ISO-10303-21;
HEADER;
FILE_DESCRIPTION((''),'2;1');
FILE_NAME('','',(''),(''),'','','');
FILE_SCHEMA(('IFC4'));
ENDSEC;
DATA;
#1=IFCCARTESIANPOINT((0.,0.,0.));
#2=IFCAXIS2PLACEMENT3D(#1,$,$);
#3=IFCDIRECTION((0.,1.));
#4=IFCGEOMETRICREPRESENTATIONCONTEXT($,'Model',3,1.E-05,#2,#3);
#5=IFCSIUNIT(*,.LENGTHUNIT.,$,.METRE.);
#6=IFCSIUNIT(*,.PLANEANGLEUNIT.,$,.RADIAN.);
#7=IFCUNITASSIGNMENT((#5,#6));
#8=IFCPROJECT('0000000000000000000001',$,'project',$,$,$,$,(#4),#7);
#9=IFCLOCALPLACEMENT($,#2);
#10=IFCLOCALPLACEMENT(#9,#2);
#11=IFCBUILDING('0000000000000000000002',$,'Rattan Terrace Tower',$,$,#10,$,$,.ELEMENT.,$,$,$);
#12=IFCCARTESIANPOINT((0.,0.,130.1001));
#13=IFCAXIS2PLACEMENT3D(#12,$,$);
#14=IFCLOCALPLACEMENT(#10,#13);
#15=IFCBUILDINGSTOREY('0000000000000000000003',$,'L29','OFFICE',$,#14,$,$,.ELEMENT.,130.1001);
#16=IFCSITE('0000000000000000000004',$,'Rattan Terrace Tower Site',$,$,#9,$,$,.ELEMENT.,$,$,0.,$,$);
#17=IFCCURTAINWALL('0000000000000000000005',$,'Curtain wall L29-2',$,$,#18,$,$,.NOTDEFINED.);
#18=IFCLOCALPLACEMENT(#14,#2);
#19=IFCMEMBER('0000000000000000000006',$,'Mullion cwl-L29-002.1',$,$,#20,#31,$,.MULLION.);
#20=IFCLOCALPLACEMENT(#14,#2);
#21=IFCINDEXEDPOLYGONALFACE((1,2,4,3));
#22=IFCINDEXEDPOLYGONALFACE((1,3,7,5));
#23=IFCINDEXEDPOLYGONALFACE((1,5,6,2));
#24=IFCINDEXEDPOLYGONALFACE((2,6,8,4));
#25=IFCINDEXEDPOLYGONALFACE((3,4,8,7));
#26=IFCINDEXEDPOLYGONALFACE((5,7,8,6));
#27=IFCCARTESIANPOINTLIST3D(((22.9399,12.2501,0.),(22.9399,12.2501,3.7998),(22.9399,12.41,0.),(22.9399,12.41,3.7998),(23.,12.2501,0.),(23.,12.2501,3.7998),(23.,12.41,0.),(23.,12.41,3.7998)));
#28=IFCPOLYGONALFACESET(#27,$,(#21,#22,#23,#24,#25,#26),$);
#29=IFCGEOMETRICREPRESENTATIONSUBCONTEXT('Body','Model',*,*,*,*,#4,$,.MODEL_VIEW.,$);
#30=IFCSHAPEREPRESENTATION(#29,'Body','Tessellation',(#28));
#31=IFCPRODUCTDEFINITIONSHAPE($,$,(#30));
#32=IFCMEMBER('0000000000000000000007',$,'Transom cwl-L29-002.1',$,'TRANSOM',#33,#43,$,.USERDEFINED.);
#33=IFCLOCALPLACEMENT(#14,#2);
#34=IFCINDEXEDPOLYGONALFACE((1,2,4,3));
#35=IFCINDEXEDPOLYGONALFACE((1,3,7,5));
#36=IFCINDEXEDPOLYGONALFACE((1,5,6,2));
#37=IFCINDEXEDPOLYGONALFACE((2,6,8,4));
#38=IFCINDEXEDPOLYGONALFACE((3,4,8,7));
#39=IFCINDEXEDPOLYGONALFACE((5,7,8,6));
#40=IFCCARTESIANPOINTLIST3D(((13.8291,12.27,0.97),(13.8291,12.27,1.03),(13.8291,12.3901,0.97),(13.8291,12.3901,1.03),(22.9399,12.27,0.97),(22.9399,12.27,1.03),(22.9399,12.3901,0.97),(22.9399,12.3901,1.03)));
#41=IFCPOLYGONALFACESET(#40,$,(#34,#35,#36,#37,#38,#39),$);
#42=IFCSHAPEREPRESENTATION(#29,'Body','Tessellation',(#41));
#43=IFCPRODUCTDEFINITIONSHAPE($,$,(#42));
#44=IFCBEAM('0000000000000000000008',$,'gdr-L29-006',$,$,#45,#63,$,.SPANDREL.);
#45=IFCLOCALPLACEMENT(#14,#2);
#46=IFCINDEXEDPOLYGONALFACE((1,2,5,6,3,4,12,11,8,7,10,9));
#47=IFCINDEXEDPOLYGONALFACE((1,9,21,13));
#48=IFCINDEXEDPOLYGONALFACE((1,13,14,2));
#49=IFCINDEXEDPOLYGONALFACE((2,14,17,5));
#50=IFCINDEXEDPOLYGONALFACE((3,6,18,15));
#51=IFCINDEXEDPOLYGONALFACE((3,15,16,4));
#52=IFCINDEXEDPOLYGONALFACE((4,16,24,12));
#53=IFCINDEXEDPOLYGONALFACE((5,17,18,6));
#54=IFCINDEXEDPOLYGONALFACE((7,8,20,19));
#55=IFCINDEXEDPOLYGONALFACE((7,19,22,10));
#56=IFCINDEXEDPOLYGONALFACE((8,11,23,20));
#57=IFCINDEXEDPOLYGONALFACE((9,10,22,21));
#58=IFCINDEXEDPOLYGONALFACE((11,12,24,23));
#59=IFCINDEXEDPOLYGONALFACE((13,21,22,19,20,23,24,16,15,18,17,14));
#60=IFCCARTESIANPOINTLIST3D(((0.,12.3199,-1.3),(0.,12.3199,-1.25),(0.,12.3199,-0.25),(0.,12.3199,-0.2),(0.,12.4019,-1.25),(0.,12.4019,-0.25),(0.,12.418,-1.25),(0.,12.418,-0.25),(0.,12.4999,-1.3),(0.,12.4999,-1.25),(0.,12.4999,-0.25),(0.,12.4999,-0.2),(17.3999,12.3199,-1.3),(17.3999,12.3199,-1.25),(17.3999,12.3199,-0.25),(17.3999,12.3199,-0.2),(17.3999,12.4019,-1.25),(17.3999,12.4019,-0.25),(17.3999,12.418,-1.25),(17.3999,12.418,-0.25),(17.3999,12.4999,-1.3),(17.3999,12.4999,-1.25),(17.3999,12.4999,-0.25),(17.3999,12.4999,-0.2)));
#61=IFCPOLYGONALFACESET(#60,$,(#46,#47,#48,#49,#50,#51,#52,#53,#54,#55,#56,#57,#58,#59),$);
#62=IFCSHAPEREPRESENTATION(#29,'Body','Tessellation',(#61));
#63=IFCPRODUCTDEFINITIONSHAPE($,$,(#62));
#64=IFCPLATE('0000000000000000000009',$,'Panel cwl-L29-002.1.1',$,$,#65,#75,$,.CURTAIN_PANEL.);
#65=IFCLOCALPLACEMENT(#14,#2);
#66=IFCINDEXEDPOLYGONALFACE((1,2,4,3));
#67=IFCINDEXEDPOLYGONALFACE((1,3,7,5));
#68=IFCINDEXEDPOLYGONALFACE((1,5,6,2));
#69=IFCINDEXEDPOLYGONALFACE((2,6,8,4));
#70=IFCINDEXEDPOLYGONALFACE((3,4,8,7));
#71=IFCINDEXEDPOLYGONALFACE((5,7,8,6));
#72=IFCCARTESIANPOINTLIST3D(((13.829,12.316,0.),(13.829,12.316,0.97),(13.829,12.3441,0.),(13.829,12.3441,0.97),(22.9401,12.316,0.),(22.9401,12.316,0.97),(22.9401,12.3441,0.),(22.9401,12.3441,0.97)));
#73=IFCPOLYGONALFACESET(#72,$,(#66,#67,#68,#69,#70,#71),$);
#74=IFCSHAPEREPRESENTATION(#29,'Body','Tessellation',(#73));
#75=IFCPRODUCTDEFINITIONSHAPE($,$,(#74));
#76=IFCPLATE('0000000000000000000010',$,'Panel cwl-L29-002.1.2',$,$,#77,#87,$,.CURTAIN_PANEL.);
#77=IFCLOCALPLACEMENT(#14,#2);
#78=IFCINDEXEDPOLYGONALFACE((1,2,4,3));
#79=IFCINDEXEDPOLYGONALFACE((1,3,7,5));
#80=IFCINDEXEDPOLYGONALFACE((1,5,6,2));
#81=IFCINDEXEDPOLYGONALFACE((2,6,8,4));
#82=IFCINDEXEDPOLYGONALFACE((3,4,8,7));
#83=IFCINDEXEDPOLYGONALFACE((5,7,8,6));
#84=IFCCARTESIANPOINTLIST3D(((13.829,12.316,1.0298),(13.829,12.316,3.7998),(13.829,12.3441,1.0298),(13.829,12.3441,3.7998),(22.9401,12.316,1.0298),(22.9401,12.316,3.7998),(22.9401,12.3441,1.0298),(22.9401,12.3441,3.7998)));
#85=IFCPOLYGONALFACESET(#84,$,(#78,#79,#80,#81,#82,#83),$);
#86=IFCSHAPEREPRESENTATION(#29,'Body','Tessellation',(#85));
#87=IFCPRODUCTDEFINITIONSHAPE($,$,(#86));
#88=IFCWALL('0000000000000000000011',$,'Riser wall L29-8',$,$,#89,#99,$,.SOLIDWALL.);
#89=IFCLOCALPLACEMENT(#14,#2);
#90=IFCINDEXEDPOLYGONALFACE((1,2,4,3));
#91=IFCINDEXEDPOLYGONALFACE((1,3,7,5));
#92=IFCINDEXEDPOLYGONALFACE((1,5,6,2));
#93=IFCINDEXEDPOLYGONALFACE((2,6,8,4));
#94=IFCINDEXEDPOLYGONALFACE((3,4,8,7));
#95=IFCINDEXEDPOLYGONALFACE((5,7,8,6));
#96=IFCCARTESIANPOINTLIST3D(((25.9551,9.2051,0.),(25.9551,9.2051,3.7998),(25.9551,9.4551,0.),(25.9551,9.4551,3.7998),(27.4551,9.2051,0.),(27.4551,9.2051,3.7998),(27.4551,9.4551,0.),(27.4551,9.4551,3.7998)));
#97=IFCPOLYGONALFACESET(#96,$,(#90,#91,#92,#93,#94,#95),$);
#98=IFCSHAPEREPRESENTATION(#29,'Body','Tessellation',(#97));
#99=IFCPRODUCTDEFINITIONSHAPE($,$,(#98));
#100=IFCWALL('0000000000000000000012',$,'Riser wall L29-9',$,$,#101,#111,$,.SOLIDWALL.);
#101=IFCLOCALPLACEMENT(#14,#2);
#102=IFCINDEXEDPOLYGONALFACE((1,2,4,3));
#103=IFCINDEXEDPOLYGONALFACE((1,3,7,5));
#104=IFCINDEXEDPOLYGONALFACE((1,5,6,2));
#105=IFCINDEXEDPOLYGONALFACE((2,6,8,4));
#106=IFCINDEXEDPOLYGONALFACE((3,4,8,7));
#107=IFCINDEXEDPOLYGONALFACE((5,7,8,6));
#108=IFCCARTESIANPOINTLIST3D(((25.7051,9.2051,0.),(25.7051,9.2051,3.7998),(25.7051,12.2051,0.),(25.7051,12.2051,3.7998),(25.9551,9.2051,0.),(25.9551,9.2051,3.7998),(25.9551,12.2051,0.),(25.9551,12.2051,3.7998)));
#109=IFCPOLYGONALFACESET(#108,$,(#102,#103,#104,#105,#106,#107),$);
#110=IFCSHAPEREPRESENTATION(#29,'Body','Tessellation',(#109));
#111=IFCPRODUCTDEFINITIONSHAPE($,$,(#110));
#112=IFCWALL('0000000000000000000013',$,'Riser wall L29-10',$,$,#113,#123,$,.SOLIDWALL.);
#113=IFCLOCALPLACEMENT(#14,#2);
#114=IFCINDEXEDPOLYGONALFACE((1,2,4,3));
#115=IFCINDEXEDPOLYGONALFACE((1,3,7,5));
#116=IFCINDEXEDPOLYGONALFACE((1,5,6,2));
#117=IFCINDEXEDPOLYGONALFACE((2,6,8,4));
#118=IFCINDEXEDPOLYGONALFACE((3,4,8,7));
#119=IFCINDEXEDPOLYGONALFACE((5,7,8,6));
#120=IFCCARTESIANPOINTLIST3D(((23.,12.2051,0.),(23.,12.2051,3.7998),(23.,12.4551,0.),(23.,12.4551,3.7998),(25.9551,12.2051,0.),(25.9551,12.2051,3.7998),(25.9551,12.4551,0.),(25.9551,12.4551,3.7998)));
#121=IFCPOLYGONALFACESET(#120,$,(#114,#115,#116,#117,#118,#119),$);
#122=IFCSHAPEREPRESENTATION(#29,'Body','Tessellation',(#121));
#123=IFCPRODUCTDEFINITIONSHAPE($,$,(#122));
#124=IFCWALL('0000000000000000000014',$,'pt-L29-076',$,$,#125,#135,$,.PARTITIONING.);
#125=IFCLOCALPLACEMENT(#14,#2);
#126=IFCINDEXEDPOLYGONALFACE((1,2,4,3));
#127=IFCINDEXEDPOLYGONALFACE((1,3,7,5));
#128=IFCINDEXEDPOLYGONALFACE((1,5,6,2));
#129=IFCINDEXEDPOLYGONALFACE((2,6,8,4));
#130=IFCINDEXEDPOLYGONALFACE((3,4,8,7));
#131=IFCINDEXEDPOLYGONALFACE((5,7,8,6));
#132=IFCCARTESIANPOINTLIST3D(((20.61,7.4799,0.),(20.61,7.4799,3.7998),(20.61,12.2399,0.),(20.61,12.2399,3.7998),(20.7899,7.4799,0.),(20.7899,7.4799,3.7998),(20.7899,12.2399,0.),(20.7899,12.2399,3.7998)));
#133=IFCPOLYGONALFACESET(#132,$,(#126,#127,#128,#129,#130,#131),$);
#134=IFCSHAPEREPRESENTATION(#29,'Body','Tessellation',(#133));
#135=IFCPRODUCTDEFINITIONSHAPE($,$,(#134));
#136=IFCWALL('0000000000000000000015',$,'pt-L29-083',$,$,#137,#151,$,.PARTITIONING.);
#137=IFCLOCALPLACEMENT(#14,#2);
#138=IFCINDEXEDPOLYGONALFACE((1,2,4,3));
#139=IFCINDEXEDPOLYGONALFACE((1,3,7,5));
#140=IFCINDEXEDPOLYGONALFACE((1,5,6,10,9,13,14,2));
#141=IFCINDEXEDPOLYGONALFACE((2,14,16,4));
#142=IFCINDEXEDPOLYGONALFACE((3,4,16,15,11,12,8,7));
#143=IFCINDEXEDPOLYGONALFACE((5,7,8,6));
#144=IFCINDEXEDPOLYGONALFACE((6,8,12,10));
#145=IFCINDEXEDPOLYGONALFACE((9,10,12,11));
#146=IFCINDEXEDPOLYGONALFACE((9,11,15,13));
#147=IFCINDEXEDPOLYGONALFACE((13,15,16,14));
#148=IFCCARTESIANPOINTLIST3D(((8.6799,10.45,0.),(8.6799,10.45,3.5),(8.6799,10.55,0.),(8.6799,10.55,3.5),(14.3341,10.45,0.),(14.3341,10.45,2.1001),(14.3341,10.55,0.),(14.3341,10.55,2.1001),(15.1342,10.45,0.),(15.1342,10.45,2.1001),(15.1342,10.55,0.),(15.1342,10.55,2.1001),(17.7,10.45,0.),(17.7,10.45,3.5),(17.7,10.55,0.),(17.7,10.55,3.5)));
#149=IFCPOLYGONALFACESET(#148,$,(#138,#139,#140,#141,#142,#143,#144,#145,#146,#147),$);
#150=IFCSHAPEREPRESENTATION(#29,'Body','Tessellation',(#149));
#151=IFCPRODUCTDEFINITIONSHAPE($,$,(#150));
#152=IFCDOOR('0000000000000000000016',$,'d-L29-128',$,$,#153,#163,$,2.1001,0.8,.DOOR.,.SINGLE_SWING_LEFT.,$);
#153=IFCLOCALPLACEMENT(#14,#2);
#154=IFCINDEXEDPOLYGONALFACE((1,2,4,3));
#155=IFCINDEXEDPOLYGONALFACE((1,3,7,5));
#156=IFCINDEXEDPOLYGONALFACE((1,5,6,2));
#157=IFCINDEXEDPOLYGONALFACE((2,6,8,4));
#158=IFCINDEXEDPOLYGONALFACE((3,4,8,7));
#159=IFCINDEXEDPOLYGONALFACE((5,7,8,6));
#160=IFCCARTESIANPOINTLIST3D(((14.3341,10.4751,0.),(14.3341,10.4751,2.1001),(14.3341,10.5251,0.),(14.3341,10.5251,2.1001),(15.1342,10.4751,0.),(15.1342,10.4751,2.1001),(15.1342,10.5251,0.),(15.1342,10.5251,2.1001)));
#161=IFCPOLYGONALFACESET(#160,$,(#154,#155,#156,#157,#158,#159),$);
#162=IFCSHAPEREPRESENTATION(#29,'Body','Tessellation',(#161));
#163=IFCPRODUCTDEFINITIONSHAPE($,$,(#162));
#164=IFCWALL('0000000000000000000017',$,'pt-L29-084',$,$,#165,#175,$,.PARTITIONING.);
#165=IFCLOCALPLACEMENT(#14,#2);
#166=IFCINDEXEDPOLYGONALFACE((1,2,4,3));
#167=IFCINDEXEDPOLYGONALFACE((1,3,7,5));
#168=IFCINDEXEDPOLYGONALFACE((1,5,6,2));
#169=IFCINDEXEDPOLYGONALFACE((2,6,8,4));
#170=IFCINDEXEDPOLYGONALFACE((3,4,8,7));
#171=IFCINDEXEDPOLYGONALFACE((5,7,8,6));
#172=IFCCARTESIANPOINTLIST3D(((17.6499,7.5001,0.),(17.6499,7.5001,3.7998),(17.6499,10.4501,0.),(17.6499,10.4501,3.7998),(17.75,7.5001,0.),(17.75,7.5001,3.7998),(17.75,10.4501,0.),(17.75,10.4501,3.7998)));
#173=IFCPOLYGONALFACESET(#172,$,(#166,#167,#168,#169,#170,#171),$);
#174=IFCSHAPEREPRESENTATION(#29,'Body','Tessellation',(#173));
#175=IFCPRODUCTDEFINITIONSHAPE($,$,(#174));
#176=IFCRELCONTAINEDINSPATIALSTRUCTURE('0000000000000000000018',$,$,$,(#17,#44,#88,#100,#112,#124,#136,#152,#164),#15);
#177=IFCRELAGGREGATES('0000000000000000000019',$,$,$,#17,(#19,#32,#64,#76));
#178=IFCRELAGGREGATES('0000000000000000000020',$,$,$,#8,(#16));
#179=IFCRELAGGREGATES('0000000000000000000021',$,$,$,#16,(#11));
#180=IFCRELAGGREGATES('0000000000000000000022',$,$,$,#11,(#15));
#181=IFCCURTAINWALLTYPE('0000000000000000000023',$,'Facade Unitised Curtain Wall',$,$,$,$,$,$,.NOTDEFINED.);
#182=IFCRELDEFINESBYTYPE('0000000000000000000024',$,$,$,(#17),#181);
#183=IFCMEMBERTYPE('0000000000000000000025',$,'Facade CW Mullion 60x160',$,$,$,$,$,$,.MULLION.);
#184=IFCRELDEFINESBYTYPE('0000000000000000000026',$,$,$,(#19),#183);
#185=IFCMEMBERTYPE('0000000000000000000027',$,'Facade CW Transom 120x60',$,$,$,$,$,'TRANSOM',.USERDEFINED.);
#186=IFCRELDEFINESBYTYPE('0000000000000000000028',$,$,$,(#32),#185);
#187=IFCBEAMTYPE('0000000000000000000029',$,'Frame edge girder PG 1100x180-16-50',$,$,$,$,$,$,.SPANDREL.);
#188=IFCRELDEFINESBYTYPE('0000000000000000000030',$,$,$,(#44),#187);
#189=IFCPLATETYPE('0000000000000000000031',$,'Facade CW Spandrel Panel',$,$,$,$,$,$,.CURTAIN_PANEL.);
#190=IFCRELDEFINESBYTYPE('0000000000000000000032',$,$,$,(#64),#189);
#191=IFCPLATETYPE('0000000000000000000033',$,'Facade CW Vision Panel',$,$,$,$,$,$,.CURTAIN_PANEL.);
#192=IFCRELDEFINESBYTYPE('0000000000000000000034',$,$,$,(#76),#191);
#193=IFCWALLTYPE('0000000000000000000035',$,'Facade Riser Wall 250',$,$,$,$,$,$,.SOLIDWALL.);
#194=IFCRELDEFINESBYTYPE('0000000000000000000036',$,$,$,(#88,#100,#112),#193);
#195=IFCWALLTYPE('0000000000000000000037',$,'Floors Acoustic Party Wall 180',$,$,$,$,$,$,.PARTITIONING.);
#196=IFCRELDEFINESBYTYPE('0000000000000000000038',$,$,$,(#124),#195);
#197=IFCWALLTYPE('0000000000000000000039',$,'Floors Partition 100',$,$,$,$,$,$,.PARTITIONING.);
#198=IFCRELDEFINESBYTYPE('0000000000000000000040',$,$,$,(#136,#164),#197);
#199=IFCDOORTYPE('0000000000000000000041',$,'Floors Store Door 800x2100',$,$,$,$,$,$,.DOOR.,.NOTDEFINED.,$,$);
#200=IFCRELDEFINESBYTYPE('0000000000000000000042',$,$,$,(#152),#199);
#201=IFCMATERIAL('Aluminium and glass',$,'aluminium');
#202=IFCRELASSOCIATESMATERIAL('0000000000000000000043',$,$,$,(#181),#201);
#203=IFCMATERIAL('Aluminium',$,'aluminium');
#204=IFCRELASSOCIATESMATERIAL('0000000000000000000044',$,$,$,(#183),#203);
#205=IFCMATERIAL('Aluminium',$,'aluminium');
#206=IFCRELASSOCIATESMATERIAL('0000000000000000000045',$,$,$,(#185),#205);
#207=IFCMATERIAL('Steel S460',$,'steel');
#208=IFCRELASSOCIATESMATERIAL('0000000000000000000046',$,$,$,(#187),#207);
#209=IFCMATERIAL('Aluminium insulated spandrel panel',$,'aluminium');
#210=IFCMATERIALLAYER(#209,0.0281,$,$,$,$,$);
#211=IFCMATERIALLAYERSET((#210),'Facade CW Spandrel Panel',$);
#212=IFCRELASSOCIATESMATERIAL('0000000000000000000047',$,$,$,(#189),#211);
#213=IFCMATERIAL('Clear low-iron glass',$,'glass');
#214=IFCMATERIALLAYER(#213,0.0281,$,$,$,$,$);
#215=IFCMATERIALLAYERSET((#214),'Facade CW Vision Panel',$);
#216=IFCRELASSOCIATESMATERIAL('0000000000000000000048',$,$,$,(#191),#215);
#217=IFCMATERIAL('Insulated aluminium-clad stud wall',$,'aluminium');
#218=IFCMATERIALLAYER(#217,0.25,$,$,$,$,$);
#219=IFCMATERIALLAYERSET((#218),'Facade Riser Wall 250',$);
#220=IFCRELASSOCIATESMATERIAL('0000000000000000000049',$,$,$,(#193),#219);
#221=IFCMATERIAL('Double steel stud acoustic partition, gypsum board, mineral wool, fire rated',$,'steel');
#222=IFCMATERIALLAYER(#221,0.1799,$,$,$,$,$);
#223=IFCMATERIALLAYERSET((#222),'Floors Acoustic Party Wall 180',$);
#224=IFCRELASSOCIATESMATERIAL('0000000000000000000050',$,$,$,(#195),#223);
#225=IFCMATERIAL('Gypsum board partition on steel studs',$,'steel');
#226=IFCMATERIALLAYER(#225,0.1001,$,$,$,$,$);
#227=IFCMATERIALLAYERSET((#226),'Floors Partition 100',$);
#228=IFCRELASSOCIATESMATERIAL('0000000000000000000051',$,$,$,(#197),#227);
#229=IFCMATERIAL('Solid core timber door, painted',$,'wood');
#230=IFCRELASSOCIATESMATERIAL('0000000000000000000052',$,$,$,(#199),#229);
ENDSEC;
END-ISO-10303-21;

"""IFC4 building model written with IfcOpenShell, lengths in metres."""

from ifc_helpers import new_model, si_unit, direction, frame, frame_2d, origin, origin_2d, place, context, subcontext, project, spatial, rectangle, i_section, extrude, material, layer, layer_set, material_profile, profile_set, type_object, element, fill, aggregate, save


model = new_model("IFC4")

# Units and contexts
model_context = context("Model", 3, precision=1e-05, world=origin(), true_north=direction((0.0, 1.0)))
body_context = subcontext(model_context, "Body", "Model", "MODEL_VIEW")
ifc_project = project(units=[si_unit("LENGTHUNIT", "METRE"), si_unit("PLANEANGLEUNIT", "RADIAN")], contexts=[model_context])

# Site, building, storey
site_placement = place(None, origin())
site = spatial("IfcSite", under=ifc_project, at=site_placement, Name="Rattan Terrace Tower Site", CompositionType="ELEMENT", RefElevation=0.0)
building_placement = place(site_placement, origin())
building = spatial("IfcBuilding", under=site, at=building_placement, Name="Rattan Terrace Tower", CompositionType="ELEMENT")
storey_placement = place(building_placement, frame((0.0, 0.0, 130.1001)))
storey = spatial("IfcBuildingStorey", under=building, at=storey_placement, Name="L29", Description="OFFICE", CompositionType="ELEMENT", Elevation=130.1001)

# Curtain wall, members
ifc_material_1 = material(Name="Aluminium and glass", Category="aluminium")
curtain_wall_type = type_object("IfcCurtainWallType", Name="Facade Unitised Curtain Wall", PredefinedType="NOTDEFINED", material=ifc_material_1)
curtain_wall_placement = place(storey_placement, origin())
curtain_wall = element("IfcCurtainWall", 1, at=curtain_wall_placement, inside=storey, type_object=curtain_wall_type, Name="Curtain wall L29-2", PredefinedType="NOTDEFINED")
ifc_material_2 = material(Name="Aluminium", Category="aluminium")
ifc_material_profile_1 = material_profile(ifc_material_2, rectangle(XDim=0.0601, YDim=0.1599, at=origin_2d()), Name="Aluminium 60x160")
ifc_profile_set_1 = profile_set([ifc_material_profile_1], Name="Aluminium")
member_type_1 = type_object("IfcMemberType", Name="Facade CW Mullion 60x160", PredefinedType="MULLION", material=ifc_profile_set_1)
member_1_placement = place(storey_placement, frame((22.97, 12.3301, 0.0), z_axis=(0.0, 0.0, 1.0), x_axis=(-1.0, 0.0, 0.0)))
member_1 = element("IfcMember", 2, at=member_1_placement, type_object=member_type_1, Name="Mullion cwl-L29-002.1", PredefinedType="MULLION", context=body_context, shape_type="SweptSolid", body=[
    extrude(rectangle(XDim=0.0601, YDim=0.1599, at=origin_2d()), origin(), (0.0, 0.0, 1.0), 3.7998),
])
ifc_material_3 = material(Name="Aluminium", Category="aluminium")
ifc_material_profile_2 = material_profile(ifc_material_3, rectangle(XDim=0.1201, YDim=0.0601, at=origin_2d()), Name="Aluminium 120x60")
ifc_profile_set_2 = profile_set([ifc_material_profile_2], Name="Aluminium")
member_type_2 = type_object("IfcMemberType", Name="Facade CW Transom 120x60", ElementType="TRANSOM", PredefinedType="USERDEFINED", material=ifc_profile_set_2)
member_2_placement = place(storey_placement, frame((22.9399, 12.3301, 1.0), z_axis=(-1.0, 0.0, 0.0), x_axis=(0.0, -1.0, 0.0)))
member_2 = element("IfcMember", 3, at=member_2_placement, type_object=member_type_2, Name="Transom cwl-L29-002.1", ObjectType="TRANSOM", PredefinedType="USERDEFINED", context=body_context, shape_type="SweptSolid", body=[
    extrude(rectangle(XDim=0.1201, YDim=0.0601, at=origin_2d()), origin(), (0.0, 0.0, 1.0), 9.1108),
])

# Beam
ifc_material_4 = material(Name="Steel S460", Category="steel")
ifc_material_profile_3 = material_profile(ifc_material_4, i_section(OverallWidth=0.1799, OverallDepth=1.1001, WebThickness=0.0161, FlangeThickness=0.05, at=origin_2d()), Name="PG 1100x180-16-50")
ifc_profile_set_3 = profile_set([ifc_material_profile_3], Name="Steel S460")
beam_type = type_object("IfcBeamType", Name="Frame edge girder PG 1100x180-16-50", PredefinedType="SPANDREL", material=ifc_profile_set_3)
beam_placement = place(storey_placement, frame((17.3999, 12.4099, -0.75), z_axis=(-1.0, 0.0, 0.0), x_axis=(0.0, -1.0, 0.0)))
element("IfcBeam", 4, at=beam_placement, inside=storey, type_object=beam_type, Name="gdr-L29-006", PredefinedType="SPANDREL", context=body_context, shape_type="SweptSolid", body=[
    extrude(i_section(OverallWidth=0.1799, OverallDepth=1.1001, WebThickness=0.0161, FlangeThickness=0.05, at=origin_2d()), origin(), (0.0, 0.0, 1.0), 17.3999),
])

# Plates
ifc_material_5 = material(Name="Aluminium insulated spandrel panel", Category="aluminium")
ifc_layer_1 = layer(ifc_material_5, 0.0281)
ifc_layer_set_1 = layer_set([ifc_layer_1], Name="Facade CW Spandrel Panel")
plate_type_1 = type_object("IfcPlateType", Name="Facade CW Spandrel Panel", PredefinedType="CURTAIN_PANEL", material=ifc_layer_set_1)
plate_1_placement = place(storey_placement, frame((18.3845, 12.3301, 0.0), z_axis=(0.0, 0.0, 1.0), x_axis=(-1.0, 0.0, 0.0)))
plate_1 = element("IfcPlate", 5, at=plate_1_placement, type_object=plate_type_1, Name="Panel cwl-L29-002.1.1", PredefinedType="CURTAIN_PANEL", context=body_context, shape_type="SweptSolid", body=[
    extrude(rectangle(XDim=9.1111, YDim=0.0281, at=origin_2d()), origin(), (0.0, 0.0, 1.0), 0.97),
])
ifc_material_6 = material(Name="Clear low-iron glass", Category="glass")
ifc_layer_2 = layer(ifc_material_6, 0.0281)
ifc_layer_set_2 = layer_set([ifc_layer_2], Name="Facade CW Vision Panel")
plate_type_2 = type_object("IfcPlateType", Name="Facade CW Vision Panel", PredefinedType="CURTAIN_PANEL", material=ifc_layer_set_2)
plate_2_placement = place(storey_placement, frame((18.3845, 12.3301, 1.0298), z_axis=(0.0, 0.0, 1.0), x_axis=(-1.0, 0.0, 0.0)))
plate_2 = element("IfcPlate", 6, at=plate_2_placement, type_object=plate_type_2, Name="Panel cwl-L29-002.1.2", PredefinedType="CURTAIN_PANEL", context=body_context, shape_type="SweptSolid", body=[
    extrude(rectangle(XDim=9.1111, YDim=0.0281, at=origin_2d()), origin(), (0.0, 0.0, 1.0), 2.77),
])
aggregate(curtain_wall, [member_1, member_2, plate_1, plate_2])

# Walls
ifc_material_7 = material(Name="Insulated aluminium-clad stud wall", Category="aluminium")
ifc_layer_3 = layer(ifc_material_7, 0.25)
ifc_layer_set_3 = layer_set([ifc_layer_3], Name="Facade Riser Wall 250")
wall_type_1 = type_object("IfcWallType", Name="Facade Riser Wall 250", PredefinedType="SOLIDWALL", material=ifc_layer_set_3)
wall_1_placement = place(storey_placement, frame((27.4551, 9.3301, 0.0), z_axis=(0.0, 0.0, 1.0), x_axis=(-1.0, 0.0, 0.0)))
element("IfcWall", 7, at=wall_1_placement, inside=storey, type_object=wall_type_1, Name="Riser wall L29-8", PredefinedType="SOLIDWALL", context=body_context, shape_type="SweptSolid", body=[
    extrude(rectangle(XDim=1.5, YDim=0.25, at=frame_2d((0.75, 0.0))), origin(), (0.0, 0.0, 1.0), 3.7998),
])
wall_2_placement = place(storey_placement, frame((25.8301, 9.2051, 0.0), z_axis=(0.0, 0.0, 1.0), x_axis=(0.0, 1.0, 0.0)))
element("IfcWall", 8, at=wall_2_placement, inside=storey, type_object=wall_type_1, Name="Riser wall L29-9", PredefinedType="SOLIDWALL", context=body_context, shape_type="SweptSolid", body=[
    extrude(rectangle(XDim=3.0, YDim=0.25, at=frame_2d((1.5, 0.0))), origin(), (0.0, 0.0, 1.0), 3.7998),
])
wall_3_placement = place(storey_placement, frame((25.9551, 12.3301, 0.0), z_axis=(0.0, 0.0, 1.0), x_axis=(-1.0, 0.0, 0.0)))
element("IfcWall", 9, at=wall_3_placement, inside=storey, type_object=wall_type_1, Name="Riser wall L29-10", PredefinedType="SOLIDWALL", context=body_context, shape_type="SweptSolid", body=[
    extrude(rectangle(XDim=2.9551, YDim=0.25, at=frame_2d((1.4775, 0.0))), origin(), (0.0, 0.0, 1.0), 3.7998),
])
ifc_material_8 = material(Name="Double steel stud acoustic partition, gypsum board, mineral wool, fire rated", Category="steel")
ifc_layer_4 = layer(ifc_material_8, 0.1799)
ifc_layer_set_4 = layer_set([ifc_layer_4], Name="Floors Acoustic Party Wall 180")
wall_type_2 = type_object("IfcWallType", Name="Floors Acoustic Party Wall 180", PredefinedType="PARTITIONING", material=ifc_layer_set_4)
wall_4_placement = place(storey_placement, frame((20.7, 7.48, 0.0), z_axis=(0.0, 0.0, 1.0), x_axis=(0.0, 1.0, 0.0)))
element("IfcWall", 10, at=wall_4_placement, inside=storey, type_object=wall_type_2, Name="pt-L29-076", PredefinedType="PARTITIONING", context=body_context, shape_type="SweptSolid", body=[
    extrude(rectangle(XDim=4.76, YDim=0.1799, at=frame_2d((2.3799, 0.0))), origin(), (0.0, 0.0, 1.0), 3.7998),
])

# Wall, opening, door
ifc_material_9 = material(Name="Gypsum board partition on steel studs", Category="steel")
ifc_layer_5 = layer(ifc_material_9, 0.1001)
ifc_layer_set_5 = layer_set([ifc_layer_5], Name="Floors Partition 100")
wall_type_3 = type_object("IfcWallType", Name="Floors Partition 100", PredefinedType="PARTITIONING", material=ifc_layer_set_5)
wall_5_placement = place(storey_placement, frame((17.7, 10.5, 0.0), z_axis=(0.0, 0.0, 1.0), x_axis=(-1.0, 0.0, 0.0)))
wall_5 = element("IfcWall", 11, at=wall_5_placement, inside=storey, type_object=wall_type_3, Name="pt-L29-083", PredefinedType="PARTITIONING", context=body_context, shape_type="SweptSolid", body=[
    extrude(rectangle(XDim=9.02, YDim=0.1001, at=frame_2d((4.51, 0.0))), origin(), (0.0, 0.0, 1.0), 3.5),
])
opening_placement = place(wall_5_placement, frame((2.5659, 0.0, 0.0)))
opening = element("IfcOpeningElement", 12, at=opening_placement, cuts=wall_5, PredefinedType="OPENING", context=body_context, shape_type="SweptSolid", body=[
    extrude(rectangle(XDim=0.8, YDim=2.1001, at=frame_2d((0.3999, 1.05))), frame((0.0, 0.0605, 0.0), z_axis=(0.0, -1.0, 0.0), x_axis=(1.0, 0.0, 0.0)), (0.0, 0.0, 1.0), 0.1211),
])
ifc_material_10 = material(Name="Solid core timber door, painted", Category="wood")
door_type = type_object("IfcDoorType", Name="Floors Store Door 800x2100", OperationType="NOTDEFINED", PredefinedType="DOOR", material=ifc_material_10)
door_placement = place(opening_placement, origin())
door = element("IfcDoor", 13, at=door_placement, inside=storey, type_object=door_type, Name="d-L29-128", OperationType="SINGLE_SWING_LEFT", OverallHeight=2.1001, OverallWidth=0.8, PredefinedType="DOOR", context=body_context, shape_type="SweptSolid", body=[
    extrude(rectangle(XDim=0.8, YDim=2.1001, at=frame_2d((0.3999, 1.05))), frame((0.0, 0.0249, 0.0), z_axis=(0.0, -1.0, 0.0), x_axis=(1.0, 0.0, 0.0)), (0.0, 0.0, 1.0), 0.05),
])
fill(opening, door)

# Wall
wall_6_placement = place(storey_placement, frame((17.7, 7.5, 0.0), z_axis=(0.0, 0.0, 1.0), x_axis=(0.0, 1.0, 0.0)))
element("IfcWall", 14, at=wall_6_placement, inside=storey, type_object=wall_type_3, Name="pt-L29-084", PredefinedType="PARTITIONING", context=body_context, shape_type="SweptSolid", body=[
    extrude(rectangle(XDim=2.95, YDim=0.1001, at=frame_2d((1.4751, 0.0))), origin(), (0.0, 0.0, 1.0), 3.7998),
])

save(model, "model.ifc")
